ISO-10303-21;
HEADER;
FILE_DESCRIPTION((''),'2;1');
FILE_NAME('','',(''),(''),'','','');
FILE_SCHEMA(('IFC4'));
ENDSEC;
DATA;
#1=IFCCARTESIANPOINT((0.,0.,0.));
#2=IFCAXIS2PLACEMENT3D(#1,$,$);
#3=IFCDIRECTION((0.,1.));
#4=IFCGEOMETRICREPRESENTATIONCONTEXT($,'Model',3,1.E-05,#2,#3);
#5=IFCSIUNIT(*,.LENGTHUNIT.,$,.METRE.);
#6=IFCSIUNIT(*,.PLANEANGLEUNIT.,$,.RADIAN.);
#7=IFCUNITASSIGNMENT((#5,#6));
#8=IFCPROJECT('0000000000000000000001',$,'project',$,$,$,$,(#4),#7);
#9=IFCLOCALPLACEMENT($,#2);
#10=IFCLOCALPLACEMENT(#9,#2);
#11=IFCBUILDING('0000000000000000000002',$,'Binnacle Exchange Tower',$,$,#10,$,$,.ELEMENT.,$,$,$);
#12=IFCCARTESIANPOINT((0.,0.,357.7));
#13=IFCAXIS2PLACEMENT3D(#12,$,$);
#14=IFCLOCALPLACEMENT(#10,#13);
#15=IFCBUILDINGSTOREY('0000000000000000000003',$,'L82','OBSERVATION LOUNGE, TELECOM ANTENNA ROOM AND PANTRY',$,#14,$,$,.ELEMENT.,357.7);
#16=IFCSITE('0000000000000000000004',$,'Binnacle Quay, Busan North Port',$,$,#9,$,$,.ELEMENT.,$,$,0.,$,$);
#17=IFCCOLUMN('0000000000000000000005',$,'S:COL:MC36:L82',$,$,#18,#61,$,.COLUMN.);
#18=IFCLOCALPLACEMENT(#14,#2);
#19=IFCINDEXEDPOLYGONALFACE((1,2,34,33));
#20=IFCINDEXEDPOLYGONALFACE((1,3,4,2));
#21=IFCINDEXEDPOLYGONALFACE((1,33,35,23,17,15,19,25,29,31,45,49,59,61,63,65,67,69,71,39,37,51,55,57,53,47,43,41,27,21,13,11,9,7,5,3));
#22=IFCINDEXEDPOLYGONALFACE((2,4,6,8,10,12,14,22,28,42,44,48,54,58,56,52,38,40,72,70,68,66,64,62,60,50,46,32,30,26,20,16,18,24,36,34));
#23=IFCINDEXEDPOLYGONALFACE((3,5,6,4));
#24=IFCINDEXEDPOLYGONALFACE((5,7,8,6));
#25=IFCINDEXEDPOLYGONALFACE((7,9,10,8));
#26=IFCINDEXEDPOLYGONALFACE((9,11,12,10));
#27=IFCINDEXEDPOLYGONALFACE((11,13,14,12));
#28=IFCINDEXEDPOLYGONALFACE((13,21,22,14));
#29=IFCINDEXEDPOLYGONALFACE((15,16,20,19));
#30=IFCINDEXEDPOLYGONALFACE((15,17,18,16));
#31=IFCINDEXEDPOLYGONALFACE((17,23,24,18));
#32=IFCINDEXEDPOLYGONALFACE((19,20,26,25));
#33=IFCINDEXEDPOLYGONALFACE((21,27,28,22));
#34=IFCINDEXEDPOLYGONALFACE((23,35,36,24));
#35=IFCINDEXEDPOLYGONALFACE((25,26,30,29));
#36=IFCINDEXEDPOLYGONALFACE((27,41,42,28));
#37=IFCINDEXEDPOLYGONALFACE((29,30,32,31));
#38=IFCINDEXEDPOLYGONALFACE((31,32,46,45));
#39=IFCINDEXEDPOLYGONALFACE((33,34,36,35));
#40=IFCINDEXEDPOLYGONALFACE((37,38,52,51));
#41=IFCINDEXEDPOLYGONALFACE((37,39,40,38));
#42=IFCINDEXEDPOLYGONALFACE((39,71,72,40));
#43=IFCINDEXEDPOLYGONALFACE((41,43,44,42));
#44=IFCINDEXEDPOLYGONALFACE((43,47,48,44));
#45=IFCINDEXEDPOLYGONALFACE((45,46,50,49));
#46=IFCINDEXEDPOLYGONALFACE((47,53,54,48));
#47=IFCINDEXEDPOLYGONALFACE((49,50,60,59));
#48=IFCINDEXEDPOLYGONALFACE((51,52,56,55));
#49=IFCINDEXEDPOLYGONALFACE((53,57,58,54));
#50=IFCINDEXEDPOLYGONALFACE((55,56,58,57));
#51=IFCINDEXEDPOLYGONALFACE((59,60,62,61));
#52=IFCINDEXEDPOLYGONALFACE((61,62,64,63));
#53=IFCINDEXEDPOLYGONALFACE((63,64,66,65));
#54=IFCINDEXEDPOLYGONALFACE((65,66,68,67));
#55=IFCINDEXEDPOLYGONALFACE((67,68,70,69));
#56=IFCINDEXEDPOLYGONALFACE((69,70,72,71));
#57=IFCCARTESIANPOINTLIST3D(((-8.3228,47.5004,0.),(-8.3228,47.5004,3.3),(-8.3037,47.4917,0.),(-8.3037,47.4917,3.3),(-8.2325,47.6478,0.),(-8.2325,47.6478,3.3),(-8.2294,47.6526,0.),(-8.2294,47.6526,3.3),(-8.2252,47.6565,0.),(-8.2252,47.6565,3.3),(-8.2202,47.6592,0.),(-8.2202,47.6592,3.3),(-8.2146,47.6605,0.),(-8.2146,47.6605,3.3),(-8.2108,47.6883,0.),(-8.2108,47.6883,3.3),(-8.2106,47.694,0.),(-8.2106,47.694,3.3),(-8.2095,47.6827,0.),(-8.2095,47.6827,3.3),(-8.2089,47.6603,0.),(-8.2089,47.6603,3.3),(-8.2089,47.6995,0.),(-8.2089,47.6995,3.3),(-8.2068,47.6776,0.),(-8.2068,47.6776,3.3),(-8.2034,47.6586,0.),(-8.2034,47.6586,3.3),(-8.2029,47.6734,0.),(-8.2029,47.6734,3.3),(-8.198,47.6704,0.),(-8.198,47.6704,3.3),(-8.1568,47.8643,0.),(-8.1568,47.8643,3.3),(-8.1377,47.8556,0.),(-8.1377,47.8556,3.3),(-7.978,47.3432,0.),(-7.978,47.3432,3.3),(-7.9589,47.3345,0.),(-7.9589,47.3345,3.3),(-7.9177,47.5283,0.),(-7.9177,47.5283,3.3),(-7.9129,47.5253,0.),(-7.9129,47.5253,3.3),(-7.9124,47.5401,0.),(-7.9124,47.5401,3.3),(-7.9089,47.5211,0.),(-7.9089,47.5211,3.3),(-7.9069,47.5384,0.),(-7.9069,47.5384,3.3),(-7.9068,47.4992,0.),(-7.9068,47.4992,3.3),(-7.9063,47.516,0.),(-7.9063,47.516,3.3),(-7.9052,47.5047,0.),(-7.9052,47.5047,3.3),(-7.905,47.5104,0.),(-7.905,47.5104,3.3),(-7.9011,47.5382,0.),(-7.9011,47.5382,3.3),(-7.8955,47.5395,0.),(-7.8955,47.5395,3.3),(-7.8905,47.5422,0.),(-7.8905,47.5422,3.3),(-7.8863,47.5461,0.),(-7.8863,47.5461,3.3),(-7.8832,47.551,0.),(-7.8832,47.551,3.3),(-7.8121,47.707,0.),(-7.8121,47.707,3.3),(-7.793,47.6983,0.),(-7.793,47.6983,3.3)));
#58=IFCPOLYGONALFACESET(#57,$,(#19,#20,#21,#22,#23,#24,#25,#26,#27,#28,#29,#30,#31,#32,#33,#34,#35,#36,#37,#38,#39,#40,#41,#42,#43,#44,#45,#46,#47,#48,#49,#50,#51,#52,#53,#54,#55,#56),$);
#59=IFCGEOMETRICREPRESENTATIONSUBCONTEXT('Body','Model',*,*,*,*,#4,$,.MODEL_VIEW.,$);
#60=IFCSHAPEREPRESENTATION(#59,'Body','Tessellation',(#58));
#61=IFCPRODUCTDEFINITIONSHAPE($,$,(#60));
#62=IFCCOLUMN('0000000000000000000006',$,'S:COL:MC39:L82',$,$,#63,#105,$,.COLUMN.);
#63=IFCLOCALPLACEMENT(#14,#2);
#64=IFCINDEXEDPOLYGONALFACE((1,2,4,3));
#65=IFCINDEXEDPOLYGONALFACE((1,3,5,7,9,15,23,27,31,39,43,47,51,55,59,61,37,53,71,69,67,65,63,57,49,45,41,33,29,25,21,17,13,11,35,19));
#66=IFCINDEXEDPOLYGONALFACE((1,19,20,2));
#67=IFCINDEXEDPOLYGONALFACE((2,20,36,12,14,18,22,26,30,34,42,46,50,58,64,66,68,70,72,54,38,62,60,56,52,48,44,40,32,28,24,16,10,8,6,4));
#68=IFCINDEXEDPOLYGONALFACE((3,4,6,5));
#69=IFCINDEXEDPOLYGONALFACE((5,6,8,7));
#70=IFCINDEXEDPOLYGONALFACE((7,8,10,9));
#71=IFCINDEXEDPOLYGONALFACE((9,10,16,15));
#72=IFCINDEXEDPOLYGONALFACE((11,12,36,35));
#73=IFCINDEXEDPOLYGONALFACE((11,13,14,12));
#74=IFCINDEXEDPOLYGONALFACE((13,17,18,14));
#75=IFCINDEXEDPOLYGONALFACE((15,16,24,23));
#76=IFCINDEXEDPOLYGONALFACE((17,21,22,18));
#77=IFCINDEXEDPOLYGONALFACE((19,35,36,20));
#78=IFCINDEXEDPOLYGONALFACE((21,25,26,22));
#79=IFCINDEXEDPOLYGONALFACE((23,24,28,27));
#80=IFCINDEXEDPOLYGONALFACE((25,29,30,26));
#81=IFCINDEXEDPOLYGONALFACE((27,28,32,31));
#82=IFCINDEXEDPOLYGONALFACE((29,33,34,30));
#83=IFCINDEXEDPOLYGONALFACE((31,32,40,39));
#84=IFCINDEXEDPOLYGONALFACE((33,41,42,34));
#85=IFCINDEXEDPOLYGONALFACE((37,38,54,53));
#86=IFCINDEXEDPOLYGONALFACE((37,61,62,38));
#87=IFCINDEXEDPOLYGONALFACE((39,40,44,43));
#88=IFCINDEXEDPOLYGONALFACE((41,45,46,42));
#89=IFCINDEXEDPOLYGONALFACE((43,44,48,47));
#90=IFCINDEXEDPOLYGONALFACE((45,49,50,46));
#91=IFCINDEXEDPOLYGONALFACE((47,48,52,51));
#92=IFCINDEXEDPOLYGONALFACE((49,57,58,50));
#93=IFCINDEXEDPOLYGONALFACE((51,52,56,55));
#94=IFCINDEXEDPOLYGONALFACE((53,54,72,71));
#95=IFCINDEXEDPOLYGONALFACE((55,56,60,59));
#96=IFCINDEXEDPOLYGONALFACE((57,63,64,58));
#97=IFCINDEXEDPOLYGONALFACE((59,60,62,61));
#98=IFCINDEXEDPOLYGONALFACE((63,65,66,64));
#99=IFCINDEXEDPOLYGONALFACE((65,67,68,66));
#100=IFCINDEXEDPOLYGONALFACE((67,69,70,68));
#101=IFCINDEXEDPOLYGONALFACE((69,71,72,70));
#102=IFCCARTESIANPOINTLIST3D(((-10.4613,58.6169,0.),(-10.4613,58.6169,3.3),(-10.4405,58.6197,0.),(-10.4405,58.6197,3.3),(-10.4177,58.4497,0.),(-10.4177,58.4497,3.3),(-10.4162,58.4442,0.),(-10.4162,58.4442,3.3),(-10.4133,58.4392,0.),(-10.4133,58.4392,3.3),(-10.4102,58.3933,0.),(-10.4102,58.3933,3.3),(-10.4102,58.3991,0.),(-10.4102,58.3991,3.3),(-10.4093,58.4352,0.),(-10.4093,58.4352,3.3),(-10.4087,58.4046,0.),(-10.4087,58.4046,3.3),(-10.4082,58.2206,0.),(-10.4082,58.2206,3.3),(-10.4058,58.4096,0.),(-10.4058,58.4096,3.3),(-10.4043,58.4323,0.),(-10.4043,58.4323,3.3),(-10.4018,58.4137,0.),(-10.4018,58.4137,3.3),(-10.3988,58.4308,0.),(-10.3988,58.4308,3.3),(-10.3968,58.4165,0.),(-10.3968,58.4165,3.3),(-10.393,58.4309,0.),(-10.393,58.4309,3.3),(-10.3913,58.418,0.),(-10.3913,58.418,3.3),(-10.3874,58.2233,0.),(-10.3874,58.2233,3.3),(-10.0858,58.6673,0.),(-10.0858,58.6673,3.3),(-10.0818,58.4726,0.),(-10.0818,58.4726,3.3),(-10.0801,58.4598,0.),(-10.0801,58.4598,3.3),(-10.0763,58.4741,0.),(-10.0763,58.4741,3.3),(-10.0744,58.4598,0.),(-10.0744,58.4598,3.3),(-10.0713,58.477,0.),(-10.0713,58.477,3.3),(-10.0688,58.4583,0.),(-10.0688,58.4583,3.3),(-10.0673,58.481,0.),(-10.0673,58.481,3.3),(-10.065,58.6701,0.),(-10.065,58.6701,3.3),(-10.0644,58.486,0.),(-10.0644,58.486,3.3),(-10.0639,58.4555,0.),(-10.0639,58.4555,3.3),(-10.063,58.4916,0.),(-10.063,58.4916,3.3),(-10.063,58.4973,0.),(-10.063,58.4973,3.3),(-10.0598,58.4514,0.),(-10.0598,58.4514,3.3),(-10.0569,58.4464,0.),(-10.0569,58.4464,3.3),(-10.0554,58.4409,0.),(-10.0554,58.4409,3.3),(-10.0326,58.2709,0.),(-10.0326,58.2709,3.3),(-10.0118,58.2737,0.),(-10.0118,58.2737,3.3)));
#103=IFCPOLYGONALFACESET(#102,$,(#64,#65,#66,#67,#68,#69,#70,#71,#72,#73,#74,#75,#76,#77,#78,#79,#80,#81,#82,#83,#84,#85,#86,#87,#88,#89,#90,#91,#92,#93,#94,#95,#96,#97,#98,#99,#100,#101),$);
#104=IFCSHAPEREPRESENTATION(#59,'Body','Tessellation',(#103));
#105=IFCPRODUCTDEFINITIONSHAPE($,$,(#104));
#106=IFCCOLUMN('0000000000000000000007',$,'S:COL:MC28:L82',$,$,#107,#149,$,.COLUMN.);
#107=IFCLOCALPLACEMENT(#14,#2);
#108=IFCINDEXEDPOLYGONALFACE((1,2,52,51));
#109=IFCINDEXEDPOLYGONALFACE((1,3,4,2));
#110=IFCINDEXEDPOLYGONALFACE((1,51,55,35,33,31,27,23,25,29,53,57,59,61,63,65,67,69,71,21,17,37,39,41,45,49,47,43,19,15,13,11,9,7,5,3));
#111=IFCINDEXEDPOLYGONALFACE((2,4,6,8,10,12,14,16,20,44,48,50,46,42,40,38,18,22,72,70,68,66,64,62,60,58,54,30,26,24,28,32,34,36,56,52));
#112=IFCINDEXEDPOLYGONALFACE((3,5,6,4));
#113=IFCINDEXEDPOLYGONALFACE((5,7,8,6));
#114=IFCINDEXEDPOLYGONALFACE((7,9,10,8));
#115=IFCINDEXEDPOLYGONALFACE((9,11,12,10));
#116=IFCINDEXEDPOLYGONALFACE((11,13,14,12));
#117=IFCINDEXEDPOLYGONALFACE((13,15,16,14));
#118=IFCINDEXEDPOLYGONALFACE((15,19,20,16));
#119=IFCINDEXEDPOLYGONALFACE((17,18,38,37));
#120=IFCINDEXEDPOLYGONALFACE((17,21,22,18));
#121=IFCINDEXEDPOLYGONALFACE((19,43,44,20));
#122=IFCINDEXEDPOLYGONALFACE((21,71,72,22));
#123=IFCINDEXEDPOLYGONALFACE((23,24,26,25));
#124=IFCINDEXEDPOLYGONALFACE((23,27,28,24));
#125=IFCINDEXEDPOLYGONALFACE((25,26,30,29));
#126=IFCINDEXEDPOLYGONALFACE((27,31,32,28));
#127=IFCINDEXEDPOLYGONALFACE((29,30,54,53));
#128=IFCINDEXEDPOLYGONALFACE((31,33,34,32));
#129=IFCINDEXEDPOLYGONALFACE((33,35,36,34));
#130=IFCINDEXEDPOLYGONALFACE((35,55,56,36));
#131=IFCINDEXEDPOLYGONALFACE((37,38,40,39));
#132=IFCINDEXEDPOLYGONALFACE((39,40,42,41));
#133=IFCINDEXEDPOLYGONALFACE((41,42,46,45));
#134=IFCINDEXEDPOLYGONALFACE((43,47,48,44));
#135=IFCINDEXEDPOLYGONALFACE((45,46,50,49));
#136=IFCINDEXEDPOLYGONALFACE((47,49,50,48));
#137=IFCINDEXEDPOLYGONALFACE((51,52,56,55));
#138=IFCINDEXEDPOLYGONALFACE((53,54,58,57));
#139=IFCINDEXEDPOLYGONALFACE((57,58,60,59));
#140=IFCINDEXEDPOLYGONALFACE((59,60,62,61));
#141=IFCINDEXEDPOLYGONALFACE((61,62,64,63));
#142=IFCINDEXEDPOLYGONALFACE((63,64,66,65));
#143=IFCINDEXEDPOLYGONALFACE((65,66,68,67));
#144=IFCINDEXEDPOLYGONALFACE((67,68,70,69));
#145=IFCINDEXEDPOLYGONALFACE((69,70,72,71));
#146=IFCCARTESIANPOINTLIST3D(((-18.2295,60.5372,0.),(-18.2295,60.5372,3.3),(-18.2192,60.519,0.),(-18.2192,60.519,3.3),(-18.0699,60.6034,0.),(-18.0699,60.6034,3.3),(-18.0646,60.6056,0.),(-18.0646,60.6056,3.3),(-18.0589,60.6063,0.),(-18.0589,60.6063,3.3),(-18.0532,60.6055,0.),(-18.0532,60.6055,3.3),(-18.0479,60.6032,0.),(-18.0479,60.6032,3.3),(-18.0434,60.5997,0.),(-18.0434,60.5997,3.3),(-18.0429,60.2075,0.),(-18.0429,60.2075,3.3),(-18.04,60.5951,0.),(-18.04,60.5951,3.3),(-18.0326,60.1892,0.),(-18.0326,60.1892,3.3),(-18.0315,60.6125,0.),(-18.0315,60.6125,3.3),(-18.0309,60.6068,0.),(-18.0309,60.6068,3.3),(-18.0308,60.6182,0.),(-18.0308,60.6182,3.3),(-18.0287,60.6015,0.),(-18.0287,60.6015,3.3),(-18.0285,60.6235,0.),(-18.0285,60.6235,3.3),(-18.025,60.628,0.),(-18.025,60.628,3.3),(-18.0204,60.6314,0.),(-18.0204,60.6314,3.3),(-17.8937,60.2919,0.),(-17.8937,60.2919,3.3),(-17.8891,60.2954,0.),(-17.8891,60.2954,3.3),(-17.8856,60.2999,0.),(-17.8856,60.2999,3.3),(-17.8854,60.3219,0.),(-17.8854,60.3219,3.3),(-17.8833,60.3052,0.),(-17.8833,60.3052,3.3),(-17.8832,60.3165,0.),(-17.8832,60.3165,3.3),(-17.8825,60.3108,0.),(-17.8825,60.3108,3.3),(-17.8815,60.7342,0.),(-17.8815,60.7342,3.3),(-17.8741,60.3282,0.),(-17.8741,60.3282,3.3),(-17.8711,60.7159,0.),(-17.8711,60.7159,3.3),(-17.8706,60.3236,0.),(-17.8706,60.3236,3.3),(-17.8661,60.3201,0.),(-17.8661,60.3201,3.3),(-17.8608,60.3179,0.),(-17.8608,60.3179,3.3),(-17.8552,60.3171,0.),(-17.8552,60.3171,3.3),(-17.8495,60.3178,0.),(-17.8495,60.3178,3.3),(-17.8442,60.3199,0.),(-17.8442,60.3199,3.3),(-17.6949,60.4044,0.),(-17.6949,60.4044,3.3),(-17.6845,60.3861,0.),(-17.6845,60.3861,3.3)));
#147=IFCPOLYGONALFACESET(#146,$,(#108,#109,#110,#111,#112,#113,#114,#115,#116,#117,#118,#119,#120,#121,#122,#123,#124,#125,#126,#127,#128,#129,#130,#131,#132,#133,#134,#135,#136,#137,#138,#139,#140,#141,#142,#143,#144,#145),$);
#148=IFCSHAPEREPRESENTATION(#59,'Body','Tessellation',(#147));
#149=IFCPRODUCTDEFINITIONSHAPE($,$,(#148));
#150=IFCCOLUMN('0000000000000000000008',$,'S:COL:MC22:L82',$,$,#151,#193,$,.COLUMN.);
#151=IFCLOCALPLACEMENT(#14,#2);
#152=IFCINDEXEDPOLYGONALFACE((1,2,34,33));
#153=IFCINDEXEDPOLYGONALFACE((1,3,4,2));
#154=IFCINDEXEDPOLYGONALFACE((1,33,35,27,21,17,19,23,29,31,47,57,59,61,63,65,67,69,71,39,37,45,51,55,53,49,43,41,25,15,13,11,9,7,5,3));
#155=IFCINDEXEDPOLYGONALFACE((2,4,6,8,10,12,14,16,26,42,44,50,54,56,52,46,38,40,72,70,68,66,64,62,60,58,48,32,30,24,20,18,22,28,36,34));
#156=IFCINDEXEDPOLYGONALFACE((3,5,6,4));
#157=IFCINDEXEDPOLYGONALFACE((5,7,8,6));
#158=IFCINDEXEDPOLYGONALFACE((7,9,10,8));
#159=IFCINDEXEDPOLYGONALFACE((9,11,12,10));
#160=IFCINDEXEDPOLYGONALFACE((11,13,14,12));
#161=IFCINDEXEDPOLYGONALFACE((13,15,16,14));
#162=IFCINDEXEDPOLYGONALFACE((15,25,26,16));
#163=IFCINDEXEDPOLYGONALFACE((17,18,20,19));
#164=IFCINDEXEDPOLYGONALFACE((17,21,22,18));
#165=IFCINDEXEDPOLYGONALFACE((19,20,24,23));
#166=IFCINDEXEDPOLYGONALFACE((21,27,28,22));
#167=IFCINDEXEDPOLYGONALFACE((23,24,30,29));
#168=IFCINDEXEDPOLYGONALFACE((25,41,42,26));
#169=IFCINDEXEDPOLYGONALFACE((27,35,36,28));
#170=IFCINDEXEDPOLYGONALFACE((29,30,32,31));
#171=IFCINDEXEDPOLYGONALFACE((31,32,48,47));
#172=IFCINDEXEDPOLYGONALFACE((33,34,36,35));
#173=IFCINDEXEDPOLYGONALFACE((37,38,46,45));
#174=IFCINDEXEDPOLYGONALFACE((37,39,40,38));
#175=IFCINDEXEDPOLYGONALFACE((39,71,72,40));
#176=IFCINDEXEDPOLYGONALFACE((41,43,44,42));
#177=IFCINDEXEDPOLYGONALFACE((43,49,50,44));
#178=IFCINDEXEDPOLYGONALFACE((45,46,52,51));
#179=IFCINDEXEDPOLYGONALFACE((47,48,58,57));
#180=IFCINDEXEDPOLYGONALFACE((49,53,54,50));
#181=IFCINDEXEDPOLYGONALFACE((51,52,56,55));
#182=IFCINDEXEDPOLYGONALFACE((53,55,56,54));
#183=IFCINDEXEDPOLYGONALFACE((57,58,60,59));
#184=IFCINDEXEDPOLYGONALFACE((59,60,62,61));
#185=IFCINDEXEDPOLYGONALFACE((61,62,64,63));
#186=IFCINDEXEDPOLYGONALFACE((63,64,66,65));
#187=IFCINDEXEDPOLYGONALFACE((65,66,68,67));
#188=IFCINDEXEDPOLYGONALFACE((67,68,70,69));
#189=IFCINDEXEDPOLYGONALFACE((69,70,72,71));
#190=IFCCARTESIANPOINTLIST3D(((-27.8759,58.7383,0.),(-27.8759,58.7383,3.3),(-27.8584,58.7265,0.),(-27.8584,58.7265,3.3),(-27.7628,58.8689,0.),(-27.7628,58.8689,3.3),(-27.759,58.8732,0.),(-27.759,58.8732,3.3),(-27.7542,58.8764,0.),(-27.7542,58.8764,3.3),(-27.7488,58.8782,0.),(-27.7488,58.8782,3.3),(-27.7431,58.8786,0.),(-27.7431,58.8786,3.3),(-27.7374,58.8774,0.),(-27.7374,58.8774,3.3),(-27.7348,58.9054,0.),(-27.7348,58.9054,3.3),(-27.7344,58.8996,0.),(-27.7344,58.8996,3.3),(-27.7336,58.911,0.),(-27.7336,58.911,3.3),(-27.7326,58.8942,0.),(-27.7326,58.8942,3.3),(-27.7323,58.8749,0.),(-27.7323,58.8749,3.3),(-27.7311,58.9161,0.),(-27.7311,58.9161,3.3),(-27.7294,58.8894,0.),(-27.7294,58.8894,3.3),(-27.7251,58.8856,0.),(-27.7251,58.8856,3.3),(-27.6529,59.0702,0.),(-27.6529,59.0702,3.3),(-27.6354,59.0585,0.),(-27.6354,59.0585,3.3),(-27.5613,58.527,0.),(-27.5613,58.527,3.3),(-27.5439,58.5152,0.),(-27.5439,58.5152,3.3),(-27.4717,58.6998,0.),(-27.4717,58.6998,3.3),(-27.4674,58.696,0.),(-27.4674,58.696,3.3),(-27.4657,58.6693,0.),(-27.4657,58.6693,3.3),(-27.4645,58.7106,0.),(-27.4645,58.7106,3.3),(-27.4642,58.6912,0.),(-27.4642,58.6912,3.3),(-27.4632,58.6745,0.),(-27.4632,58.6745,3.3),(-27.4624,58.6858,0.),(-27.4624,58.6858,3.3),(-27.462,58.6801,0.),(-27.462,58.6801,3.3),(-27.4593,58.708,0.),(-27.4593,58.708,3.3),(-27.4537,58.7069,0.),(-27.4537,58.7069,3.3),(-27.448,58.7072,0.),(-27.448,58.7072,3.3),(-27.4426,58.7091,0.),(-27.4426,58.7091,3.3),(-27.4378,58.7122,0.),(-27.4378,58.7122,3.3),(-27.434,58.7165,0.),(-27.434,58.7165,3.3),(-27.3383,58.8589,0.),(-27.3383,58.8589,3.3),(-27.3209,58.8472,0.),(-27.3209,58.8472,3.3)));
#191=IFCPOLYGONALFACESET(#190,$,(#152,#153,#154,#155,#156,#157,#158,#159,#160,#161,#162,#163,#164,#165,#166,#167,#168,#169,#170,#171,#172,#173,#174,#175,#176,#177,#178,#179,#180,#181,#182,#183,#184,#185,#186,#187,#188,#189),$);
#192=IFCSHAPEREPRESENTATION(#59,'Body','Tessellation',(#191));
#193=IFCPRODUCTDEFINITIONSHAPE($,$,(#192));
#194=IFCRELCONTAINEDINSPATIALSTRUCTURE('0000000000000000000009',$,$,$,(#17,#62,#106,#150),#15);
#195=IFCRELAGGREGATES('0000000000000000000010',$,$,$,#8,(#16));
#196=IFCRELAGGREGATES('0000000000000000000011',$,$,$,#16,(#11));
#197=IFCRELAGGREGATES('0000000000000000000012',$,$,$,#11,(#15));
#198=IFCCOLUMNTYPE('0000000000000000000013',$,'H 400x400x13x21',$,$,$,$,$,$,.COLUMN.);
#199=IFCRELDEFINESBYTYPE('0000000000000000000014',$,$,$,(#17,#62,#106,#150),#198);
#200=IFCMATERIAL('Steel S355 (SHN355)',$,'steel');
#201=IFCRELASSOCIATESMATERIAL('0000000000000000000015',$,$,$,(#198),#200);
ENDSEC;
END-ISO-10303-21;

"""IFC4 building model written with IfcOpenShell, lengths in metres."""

from ifc_helpers import new_model, si_unit, direction, frame, origin, origin_2d, place, context, subcontext, project, spatial, i_section, extrude, material, material_profile, profile_set, type_object, element, save


model = new_model("IFC4")

# Units and contexts
model_context = context("Model", 3, precision=1e-05, world=origin(), true_north=direction((0.0, 1.0)))
body_context = subcontext(model_context, "Body", "Model", "MODEL_VIEW")
ifc_project = project(units=[si_unit("LENGTHUNIT", "METRE"), si_unit("PLANEANGLEUNIT", "RADIAN")], contexts=[model_context])

# Site, building, storey
site_placement = place(None, origin())
site = spatial("IfcSite", under=ifc_project, at=site_placement, Name="Binnacle Quay, Busan North Port", CompositionType="ELEMENT", RefElevation=0.0)
building_placement = place(site_placement, origin())
building = spatial("IfcBuilding", under=site, at=building_placement, Name="Binnacle Exchange Tower", CompositionType="ELEMENT")
storey_placement = place(building_placement, frame((0.0, 0.0, 357.7)))
storey = spatial("IfcBuildingStorey", under=building, at=storey_placement, Name="L82", Description="OBSERVATION LOUNGE, TELECOM ANTENNA ROOM AND PANTRY", CompositionType="ELEMENT", Elevation=357.7)

# Columns
ifc_material_1 = material(Name="Steel S355 (SHN355)", Category="steel")
ifc_material_profile_1 = material_profile(ifc_material_1, i_section(OverallWidth=0.3999, OverallDepth=0.3999, WebThickness=0.0129, FlangeThickness=0.021, FilletRadius=0.022, at=origin_2d()), Name="H 400x400x13x21")
ifc_profile_set_1 = profile_set([ifc_material_profile_1], Name="Steel S355 (SHN355)")
column_type = type_object("IfcColumnType", Name="H 400x400x13x21", PredefinedType="COLUMN", material=ifc_profile_set_1)
for number, where, z_axis, x_axis, name in (
    (1, (-8.0579, 47.5994, 0.0), (0.0, 0.0, 1.0), (0.415011, 0.909816, 0.0), "S:COL:MC36:L82"),
    (2, (-10.2366, 58.4453, 0.0), (0.0, 0.0, 1.0), (-0.132931, 0.991125, 0.0), "S:COL:MC39:L82"),
    (3, (-17.957, 60.4617, 0.0), (0.0, 0.0, 1.0), (0.870356, 0.492424, 0.0), "S:COL:MC28:L82"),
    (4, (-27.5984, 58.7927, 0.0), (0.0, 0.0, 1.0), (0.557658, 0.830071, 0.0), "S:COL:MC22:L82"),
):
    element("IfcColumn", number, at=place(storey_placement, frame(where, z_axis=z_axis, x_axis=x_axis)), inside=storey, type_object=column_type, Name=name, PredefinedType="COLUMN", context=body_context, shape_type="SweptSolid", body=[
        extrude(i_section(OverallWidth=0.3999, OverallDepth=0.3999, WebThickness=0.0129, FlangeThickness=0.021, FilletRadius=0.022, at=origin_2d()), origin(), (0.0, 0.0, 1.0), 3.3),
    ])

save(model, "model.ifc")
